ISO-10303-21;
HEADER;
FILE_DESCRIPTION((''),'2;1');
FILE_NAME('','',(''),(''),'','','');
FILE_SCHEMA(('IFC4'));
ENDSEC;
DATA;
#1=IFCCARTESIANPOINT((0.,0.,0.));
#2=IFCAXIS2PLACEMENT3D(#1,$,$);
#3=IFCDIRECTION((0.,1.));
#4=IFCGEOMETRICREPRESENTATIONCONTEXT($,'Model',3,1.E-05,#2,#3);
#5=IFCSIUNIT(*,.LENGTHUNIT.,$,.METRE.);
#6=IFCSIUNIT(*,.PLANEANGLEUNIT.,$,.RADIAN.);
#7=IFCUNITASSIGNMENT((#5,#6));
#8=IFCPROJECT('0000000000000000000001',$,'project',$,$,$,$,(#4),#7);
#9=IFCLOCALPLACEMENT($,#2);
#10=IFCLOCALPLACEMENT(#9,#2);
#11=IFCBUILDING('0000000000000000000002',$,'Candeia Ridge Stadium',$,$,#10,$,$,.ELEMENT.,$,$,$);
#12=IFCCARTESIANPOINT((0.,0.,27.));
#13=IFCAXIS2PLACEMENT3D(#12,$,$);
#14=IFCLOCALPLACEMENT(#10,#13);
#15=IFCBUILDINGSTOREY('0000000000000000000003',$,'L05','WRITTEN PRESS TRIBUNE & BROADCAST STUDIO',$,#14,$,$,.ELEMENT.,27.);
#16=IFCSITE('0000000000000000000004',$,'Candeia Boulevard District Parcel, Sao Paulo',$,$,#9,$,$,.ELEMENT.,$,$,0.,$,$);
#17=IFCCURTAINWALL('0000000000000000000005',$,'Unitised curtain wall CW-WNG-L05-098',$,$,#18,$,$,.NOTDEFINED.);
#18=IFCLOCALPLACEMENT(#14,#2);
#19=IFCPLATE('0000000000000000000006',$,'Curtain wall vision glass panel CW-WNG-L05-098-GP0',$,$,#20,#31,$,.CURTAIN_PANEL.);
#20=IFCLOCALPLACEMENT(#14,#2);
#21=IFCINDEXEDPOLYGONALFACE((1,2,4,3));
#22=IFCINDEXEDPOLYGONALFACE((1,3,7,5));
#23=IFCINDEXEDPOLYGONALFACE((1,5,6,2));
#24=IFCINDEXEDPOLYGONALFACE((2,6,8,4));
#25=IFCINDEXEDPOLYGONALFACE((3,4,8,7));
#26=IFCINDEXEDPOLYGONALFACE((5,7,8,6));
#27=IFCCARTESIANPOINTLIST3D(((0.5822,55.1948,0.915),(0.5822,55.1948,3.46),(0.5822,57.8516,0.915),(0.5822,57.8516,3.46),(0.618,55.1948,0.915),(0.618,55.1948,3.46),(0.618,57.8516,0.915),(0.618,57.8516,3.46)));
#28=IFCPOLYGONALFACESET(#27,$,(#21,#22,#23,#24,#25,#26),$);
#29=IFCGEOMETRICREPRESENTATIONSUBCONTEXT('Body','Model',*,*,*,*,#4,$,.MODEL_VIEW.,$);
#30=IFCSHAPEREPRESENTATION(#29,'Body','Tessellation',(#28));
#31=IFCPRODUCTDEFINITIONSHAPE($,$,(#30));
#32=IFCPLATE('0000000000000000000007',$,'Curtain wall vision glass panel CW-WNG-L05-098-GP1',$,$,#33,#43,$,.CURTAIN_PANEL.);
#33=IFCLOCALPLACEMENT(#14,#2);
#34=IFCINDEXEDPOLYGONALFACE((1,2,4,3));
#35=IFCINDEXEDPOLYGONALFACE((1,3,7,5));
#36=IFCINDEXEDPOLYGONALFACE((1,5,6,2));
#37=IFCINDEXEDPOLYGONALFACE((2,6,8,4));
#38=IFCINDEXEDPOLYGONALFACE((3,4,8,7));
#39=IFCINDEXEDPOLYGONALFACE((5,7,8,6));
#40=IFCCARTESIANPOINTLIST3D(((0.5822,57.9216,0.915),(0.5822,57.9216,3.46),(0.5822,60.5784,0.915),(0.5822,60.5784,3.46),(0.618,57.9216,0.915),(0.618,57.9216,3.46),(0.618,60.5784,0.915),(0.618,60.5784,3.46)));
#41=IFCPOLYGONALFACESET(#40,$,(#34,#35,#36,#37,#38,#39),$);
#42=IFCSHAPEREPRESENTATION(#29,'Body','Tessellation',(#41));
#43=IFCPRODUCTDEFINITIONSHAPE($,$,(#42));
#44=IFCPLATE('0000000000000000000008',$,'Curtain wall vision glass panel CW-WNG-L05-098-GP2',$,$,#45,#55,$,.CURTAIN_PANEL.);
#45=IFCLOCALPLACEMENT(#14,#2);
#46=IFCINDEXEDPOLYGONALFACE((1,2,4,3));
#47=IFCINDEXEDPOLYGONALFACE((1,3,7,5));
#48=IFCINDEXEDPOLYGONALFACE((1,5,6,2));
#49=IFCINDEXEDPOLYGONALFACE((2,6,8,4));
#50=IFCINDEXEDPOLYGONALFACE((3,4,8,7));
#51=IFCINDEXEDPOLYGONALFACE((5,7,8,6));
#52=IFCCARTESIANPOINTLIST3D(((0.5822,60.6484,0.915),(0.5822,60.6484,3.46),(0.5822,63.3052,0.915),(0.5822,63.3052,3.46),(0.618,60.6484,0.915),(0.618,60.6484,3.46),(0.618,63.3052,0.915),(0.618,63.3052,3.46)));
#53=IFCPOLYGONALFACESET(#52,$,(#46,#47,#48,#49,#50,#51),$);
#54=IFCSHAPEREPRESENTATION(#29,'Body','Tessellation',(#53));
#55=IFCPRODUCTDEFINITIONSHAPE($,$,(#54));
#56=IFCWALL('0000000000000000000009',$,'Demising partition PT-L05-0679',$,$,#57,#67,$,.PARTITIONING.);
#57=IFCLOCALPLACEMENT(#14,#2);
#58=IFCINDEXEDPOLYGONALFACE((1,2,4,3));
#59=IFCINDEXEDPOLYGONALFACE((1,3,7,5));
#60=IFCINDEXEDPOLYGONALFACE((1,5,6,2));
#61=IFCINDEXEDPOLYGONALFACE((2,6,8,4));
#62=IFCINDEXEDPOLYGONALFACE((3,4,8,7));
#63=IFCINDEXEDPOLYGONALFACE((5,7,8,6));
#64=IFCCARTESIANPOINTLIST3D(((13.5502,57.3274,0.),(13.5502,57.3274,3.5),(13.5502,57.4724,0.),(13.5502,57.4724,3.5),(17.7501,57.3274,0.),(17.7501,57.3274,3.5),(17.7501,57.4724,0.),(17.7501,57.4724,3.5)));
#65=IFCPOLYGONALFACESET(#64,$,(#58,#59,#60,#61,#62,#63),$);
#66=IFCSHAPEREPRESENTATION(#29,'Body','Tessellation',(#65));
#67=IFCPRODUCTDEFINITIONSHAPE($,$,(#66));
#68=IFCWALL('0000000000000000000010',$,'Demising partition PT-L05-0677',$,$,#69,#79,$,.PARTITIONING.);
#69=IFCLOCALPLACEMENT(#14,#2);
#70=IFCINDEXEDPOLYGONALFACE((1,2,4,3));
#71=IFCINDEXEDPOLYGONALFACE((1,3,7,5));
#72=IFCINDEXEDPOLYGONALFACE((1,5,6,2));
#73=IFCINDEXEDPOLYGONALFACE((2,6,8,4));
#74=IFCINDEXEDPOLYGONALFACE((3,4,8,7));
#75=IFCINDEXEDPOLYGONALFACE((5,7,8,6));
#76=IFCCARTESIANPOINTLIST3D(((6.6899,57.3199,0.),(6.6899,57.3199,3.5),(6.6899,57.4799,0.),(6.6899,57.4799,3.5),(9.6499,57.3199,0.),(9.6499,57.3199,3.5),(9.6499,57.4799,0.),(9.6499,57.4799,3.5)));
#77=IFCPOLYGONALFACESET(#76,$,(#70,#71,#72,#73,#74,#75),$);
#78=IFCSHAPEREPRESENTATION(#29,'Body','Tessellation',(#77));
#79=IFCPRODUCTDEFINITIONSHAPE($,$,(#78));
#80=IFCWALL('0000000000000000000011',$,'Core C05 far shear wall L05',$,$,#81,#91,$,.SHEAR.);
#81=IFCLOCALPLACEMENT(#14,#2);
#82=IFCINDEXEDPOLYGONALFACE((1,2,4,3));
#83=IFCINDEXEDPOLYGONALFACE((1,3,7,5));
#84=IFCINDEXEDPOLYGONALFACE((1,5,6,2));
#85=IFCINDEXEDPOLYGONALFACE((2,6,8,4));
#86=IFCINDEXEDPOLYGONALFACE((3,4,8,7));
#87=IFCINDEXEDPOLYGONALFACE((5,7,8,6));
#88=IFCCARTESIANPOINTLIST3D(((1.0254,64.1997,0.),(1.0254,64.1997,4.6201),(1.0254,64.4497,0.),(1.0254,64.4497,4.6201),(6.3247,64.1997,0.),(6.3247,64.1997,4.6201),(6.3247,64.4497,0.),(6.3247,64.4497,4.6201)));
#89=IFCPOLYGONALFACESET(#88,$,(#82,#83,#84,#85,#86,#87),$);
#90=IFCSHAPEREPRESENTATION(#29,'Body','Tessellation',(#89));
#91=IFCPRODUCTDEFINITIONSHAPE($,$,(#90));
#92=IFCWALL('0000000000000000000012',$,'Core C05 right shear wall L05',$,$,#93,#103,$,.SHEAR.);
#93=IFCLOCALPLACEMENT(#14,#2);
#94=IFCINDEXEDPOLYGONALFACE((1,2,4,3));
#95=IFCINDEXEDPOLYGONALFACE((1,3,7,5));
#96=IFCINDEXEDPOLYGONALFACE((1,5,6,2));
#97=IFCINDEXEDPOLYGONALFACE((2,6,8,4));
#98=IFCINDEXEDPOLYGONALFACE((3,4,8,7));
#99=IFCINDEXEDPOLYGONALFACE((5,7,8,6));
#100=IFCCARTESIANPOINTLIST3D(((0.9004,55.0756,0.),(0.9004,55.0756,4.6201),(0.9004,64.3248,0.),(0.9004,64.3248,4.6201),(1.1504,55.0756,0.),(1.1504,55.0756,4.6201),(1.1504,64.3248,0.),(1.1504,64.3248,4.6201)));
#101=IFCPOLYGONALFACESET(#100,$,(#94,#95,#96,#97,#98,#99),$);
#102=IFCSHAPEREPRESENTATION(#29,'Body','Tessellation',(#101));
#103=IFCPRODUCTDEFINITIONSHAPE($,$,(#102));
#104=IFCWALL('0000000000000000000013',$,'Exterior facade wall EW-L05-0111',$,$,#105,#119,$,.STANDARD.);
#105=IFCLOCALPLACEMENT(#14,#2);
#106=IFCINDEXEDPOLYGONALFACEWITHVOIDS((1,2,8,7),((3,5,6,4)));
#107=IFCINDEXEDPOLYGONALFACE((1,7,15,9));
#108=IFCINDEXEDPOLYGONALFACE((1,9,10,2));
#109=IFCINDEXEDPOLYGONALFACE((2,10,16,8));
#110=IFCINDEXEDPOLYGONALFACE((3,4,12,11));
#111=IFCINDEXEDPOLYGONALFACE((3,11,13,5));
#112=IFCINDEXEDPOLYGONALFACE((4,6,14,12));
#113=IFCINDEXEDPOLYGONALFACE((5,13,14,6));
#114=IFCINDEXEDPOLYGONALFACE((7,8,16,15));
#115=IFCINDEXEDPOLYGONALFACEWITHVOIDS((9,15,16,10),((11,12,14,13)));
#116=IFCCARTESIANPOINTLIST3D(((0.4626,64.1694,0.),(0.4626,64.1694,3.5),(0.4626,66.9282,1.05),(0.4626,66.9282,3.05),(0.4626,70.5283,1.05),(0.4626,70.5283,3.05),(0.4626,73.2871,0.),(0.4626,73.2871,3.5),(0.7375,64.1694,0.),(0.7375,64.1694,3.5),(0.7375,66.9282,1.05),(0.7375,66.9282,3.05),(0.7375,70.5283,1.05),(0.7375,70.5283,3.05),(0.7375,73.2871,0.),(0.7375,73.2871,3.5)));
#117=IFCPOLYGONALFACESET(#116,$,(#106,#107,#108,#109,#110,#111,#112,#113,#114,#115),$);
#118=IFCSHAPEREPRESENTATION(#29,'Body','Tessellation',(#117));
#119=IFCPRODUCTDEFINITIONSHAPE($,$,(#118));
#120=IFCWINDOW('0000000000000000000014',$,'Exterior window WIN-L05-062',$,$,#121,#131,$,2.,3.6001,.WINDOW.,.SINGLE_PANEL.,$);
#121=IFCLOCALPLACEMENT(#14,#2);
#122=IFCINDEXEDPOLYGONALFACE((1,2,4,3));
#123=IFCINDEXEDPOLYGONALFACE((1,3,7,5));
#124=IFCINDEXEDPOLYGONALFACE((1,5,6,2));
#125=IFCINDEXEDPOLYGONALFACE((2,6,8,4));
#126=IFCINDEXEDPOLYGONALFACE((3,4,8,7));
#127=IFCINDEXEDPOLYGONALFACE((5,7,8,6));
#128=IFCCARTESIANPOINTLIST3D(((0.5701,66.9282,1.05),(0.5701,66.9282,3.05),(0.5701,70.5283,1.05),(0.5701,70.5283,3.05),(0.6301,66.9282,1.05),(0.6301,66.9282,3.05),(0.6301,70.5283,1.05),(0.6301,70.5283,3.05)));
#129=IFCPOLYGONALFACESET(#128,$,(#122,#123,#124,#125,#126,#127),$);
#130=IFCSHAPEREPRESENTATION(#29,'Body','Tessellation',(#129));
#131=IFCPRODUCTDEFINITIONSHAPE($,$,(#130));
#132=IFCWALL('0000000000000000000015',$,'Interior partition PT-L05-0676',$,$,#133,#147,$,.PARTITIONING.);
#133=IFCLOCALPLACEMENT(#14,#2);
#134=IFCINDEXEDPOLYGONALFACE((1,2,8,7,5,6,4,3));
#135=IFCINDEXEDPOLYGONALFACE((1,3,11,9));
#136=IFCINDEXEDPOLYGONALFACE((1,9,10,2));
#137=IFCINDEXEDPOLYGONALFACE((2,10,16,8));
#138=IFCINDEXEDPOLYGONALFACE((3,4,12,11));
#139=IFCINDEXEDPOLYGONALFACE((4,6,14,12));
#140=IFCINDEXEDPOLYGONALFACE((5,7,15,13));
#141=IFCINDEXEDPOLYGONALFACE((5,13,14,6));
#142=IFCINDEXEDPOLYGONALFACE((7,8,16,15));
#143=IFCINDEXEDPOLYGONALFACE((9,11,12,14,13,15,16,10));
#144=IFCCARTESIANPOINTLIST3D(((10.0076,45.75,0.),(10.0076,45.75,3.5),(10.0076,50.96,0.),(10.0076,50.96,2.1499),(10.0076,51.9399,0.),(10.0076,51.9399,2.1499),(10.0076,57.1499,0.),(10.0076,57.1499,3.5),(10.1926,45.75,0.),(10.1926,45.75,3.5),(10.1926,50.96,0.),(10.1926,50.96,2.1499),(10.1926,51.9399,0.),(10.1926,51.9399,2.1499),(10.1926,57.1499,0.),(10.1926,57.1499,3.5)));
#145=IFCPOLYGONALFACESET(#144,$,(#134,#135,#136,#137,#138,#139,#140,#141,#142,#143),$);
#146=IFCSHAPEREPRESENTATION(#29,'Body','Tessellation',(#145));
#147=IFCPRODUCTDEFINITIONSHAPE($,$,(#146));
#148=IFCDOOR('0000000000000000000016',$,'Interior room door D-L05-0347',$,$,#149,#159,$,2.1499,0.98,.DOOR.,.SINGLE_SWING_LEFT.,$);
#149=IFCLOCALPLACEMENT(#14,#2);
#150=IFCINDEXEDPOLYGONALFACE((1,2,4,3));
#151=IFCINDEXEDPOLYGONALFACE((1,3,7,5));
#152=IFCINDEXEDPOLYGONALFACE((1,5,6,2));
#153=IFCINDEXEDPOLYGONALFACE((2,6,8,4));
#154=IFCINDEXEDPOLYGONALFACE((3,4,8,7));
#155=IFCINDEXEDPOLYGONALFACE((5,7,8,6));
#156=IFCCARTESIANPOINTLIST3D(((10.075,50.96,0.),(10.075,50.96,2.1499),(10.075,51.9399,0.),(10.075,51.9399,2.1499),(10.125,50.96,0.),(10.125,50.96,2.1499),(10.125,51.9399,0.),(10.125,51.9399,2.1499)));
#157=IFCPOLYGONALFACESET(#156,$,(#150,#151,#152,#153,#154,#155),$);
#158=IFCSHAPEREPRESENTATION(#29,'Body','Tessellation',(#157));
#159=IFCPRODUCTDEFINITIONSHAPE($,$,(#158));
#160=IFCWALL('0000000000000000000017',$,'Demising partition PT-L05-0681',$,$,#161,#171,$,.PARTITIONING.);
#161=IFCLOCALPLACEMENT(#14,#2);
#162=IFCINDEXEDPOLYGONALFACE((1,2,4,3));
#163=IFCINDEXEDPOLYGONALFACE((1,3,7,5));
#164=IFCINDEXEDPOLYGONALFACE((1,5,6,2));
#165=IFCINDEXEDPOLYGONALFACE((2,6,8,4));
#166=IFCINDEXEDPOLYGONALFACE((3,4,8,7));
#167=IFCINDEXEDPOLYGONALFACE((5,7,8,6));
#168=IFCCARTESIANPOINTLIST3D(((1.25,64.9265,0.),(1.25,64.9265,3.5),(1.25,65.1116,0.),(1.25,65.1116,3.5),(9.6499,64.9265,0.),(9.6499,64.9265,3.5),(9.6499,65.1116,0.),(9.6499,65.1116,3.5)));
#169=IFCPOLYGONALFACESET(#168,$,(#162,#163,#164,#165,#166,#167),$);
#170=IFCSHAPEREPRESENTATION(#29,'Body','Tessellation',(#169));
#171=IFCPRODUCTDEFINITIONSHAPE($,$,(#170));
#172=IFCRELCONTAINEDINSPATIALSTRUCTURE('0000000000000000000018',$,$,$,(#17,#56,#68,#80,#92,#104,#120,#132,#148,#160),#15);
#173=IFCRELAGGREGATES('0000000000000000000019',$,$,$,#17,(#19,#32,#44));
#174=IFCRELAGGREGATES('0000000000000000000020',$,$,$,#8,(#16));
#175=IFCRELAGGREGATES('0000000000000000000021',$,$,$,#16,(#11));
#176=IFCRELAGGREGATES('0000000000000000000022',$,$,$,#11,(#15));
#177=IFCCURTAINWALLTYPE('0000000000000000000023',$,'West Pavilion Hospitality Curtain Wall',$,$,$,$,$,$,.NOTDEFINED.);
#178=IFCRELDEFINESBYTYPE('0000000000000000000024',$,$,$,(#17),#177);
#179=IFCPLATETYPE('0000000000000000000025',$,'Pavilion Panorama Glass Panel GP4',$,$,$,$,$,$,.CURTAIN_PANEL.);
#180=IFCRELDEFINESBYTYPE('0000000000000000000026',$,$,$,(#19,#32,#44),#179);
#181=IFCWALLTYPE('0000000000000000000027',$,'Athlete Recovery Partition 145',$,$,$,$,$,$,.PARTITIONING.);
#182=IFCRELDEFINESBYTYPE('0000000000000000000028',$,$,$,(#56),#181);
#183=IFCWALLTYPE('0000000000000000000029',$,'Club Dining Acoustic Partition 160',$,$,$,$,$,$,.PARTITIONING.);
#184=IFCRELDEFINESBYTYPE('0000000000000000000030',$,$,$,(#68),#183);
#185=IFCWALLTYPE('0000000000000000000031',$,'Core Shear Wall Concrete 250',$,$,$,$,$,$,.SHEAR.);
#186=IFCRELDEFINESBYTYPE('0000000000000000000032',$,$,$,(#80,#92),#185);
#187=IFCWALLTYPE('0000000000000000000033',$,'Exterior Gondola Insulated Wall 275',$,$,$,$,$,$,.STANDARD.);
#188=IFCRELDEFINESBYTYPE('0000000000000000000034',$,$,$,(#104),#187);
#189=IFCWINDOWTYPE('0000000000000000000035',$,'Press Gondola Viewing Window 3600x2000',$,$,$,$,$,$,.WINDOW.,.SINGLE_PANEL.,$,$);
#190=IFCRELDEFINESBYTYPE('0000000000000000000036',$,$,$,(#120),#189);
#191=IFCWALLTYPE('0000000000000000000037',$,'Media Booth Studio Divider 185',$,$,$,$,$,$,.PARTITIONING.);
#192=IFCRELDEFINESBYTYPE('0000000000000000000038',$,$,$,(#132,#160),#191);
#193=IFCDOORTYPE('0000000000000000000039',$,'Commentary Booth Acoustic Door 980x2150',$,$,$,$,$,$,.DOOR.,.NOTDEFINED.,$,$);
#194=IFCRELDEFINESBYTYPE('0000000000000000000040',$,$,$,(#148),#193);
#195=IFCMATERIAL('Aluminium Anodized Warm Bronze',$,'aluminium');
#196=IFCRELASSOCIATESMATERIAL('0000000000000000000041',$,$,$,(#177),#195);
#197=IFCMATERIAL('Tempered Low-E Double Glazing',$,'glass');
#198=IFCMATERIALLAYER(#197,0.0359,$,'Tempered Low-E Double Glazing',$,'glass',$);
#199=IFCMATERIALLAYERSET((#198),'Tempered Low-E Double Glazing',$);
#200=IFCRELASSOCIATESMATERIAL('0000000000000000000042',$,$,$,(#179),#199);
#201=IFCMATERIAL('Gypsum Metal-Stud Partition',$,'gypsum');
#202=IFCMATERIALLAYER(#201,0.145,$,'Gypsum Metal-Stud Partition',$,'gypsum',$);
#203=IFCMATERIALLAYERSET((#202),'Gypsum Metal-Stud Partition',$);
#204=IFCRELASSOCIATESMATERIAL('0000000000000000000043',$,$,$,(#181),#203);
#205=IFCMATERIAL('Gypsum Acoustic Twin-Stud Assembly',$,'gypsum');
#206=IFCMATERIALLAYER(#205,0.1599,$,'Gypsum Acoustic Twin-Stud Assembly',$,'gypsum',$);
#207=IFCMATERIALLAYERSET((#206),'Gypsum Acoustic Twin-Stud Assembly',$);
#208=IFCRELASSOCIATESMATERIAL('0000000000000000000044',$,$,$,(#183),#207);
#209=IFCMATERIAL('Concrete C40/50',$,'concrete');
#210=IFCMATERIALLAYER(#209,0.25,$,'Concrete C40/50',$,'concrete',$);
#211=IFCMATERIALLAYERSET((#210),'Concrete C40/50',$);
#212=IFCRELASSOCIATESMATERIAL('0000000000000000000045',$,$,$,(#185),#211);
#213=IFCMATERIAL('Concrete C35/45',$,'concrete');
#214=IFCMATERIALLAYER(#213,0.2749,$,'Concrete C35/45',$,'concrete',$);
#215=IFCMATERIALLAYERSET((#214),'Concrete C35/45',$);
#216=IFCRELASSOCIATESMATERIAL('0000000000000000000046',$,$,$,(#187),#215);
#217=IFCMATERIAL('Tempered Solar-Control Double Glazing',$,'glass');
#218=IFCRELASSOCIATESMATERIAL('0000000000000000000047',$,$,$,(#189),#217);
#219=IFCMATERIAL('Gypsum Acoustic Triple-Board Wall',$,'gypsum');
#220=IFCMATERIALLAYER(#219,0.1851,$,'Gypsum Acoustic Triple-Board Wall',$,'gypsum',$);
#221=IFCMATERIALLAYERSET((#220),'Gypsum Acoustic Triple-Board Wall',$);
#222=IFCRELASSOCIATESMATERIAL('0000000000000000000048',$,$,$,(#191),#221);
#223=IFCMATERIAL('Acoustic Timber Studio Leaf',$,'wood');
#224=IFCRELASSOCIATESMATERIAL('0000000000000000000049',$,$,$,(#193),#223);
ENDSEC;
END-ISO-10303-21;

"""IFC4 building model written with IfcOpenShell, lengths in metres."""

from ifc_helpers import new_model, si_unit, direction, frame, frame_2d, origin, origin_2d, place, context, subcontext, project, spatial, rectangle, extrude, material, layer, layer_set, type_object, element, fill, aggregate, save


model = new_model("IFC4")

# Units and contexts
model_context = context("Model", 3, precision=1e-05, world=origin(), true_north=direction((0.0, 1.0)))
body_context = subcontext(model_context, "Body", "Model", "MODEL_VIEW")
ifc_project = project(units=[si_unit("LENGTHUNIT", "METRE"), si_unit("PLANEANGLEUNIT", "RADIAN")], contexts=[model_context])

# Site, building, storey
site_placement = place(None, origin())
site = spatial("IfcSite", under=ifc_project, at=site_placement, Name="Candeia Boulevard District Parcel, Sao Paulo", CompositionType="ELEMENT", RefElevation=0.0)
building_placement = place(site_placement, origin())
building = spatial("IfcBuilding", under=site, at=building_placement, Name="Candeia Ridge Stadium", CompositionType="ELEMENT")
storey_placement = place(building_placement, frame((0.0, 0.0, 27.0)))
storey = spatial("IfcBuildingStorey", under=building, at=storey_placement, Name="L05", Description="WRITTEN PRESS TRIBUNE & BROADCAST STUDIO", CompositionType="ELEMENT", Elevation=27.0)

# Shared definitions
ifc_material_1 = material(Name="Concrete C40/50", Category="concrete")

# Curtain wall
ifc_material_2 = material(Name="Aluminium Anodized Warm Bronze", Category="aluminium")
curtain_wall_type = type_object("IfcCurtainWallType", Name="West Pavilion Hospitality Curtain Wall", PredefinedType="NOTDEFINED", material=ifc_material_2)
curtain_wall_placement = place(storey_placement, origin())
curtain_wall = element("IfcCurtainWall", 1, at=curtain_wall_placement, inside=storey, type_object=curtain_wall_type, Name="Unitised curtain wall CW-WNG-L05-098", PredefinedType="NOTDEFINED")

# Plates
ifc_material_3 = material(Name="Tempered Low-E Double Glazing", Category="glass")
ifc_layer_1 = layer(ifc_material_3, 0.0359, Name="Tempered Low-E Double Glazing", Category="glass")
ifc_layer_set_1 = layer_set([ifc_layer_1], Name="Tempered Low-E Double Glazing")
plate_type_1 = type_object("IfcPlateType", Name="Pavilion Panorama Glass Panel GP4", PredefinedType="CURTAIN_PANEL", material=ifc_layer_set_1)
plate_1_placement = place(storey_placement, frame((0.6001, 56.5232, 0.915), z_axis=(0.0, 0.0, 1.0), x_axis=(0.0, 1.0, 0.0)))
plate_1 = element("IfcPlate", 2, at=plate_1_placement, type_object=plate_type_1, Name="Curtain wall vision glass panel CW-WNG-L05-098-GP0", PredefinedType="CURTAIN_PANEL", context=body_context, shape_type="SweptSolid", body=[
    extrude(rectangle(XDim=2.6567, YDim=0.0359, at=origin_2d()), origin(), (0.0, 0.0, 1.0), 2.5449),
])
plate_2_placement = place(storey_placement, frame((0.6001, 59.25, 0.915), z_axis=(0.0, 0.0, 1.0), x_axis=(0.0, 1.0, 0.0)))
plate_2 = element("IfcPlate", 3, at=plate_2_placement, type_object=plate_type_1, Name="Curtain wall vision glass panel CW-WNG-L05-098-GP1", PredefinedType="CURTAIN_PANEL", context=body_context, shape_type="SweptSolid", body=[
    extrude(rectangle(XDim=2.6567, YDim=0.0359, at=origin_2d()), origin(), (0.0, 0.0, 1.0), 2.5449),
])
plate_3_placement = place(storey_placement, frame((0.6001, 61.9768, 0.915), z_axis=(0.0, 0.0, 1.0), x_axis=(0.0, 1.0, 0.0)))
plate_3 = element("IfcPlate", 4, at=plate_3_placement, type_object=plate_type_1, Name="Curtain wall vision glass panel CW-WNG-L05-098-GP2", PredefinedType="CURTAIN_PANEL", context=body_context, shape_type="SweptSolid", body=[
    extrude(rectangle(XDim=2.6567, YDim=0.0359, at=origin_2d()), origin(), (0.0, 0.0, 1.0), 2.5449),
])
aggregate(curtain_wall, [plate_1, plate_2, plate_3])

# Walls
ifc_material_4 = material(Name="Gypsum Metal-Stud Partition", Category="gypsum")
ifc_layer_2 = layer(ifc_material_4, 0.145, Name="Gypsum Metal-Stud Partition", Category="gypsum")
ifc_layer_set_2 = layer_set([ifc_layer_2], Name="Gypsum Metal-Stud Partition")
wall_type_1 = type_object("IfcWallType", Name="Athlete Recovery Partition 145", PredefinedType="PARTITIONING", material=ifc_layer_set_2)
wall_1_placement = place(storey_placement, frame((13.55, 57.3999, 0.0), z_axis=(0.0, 0.0, 1.0), x_axis=(1.0, 0.0, 0.0)))
element("IfcWall", 5, at=wall_1_placement, inside=storey, type_object=wall_type_1, Name="Demising partition PT-L05-0679", PredefinedType="PARTITIONING", context=body_context, shape_type="SweptSolid", body=[
    extrude(rectangle(XDim=4.2, YDim=0.145, at=frame_2d((2.1001, 0.0))), origin(), (0.0, 0.0, 1.0), 3.5),
])
ifc_material_5 = material(Name="Gypsum Acoustic Twin-Stud Assembly", Category="gypsum")
ifc_layer_3 = layer(ifc_material_5, 0.1599, Name="Gypsum Acoustic Twin-Stud Assembly", Category="gypsum")
ifc_layer_set_3 = layer_set([ifc_layer_3], Name="Gypsum Acoustic Twin-Stud Assembly")
wall_type_2 = type_object("IfcWallType", Name="Club Dining Acoustic Partition 160", PredefinedType="PARTITIONING", material=ifc_layer_set_3)
wall_2_placement = place(storey_placement, frame((6.6899, 57.3999, 0.0), z_axis=(0.0, 0.0, 1.0), x_axis=(1.0, 0.0, 0.0)))
element("IfcWall", 6, at=wall_2_placement, inside=storey, type_object=wall_type_2, Name="Demising partition PT-L05-0677", PredefinedType="PARTITIONING", context=body_context, shape_type="SweptSolid", body=[
    extrude(rectangle(XDim=2.96, YDim=0.1599, at=frame_2d((1.48, 0.0))), origin(), (0.0, 0.0, 1.0), 3.5),
])
ifc_layer_4 = layer(ifc_material_1, 0.25, Name="Concrete C40/50", Category="concrete")
ifc_layer_set_4 = layer_set([ifc_layer_4], Name="Concrete C40/50")
wall_type_3 = type_object("IfcWallType", Name="Core Shear Wall Concrete 250", PredefinedType="SHEAR", material=ifc_layer_set_4)
wall_3_placement = place(storey_placement, frame((6.3247, 64.3247, 0.0), z_axis=(0.0, 0.0, 1.0), x_axis=(-1.0, 0.0, 0.0)))
element("IfcWall", 7, at=wall_3_placement, inside=storey, type_object=wall_type_3, Name="Core C05 far shear wall L05", PredefinedType="SHEAR", context=body_context, shape_type="SweptSolid", body=[
    extrude(rectangle(XDim=5.2993, YDim=0.25, at=frame_2d((2.6497, 0.0))), origin(), (0.0, 0.0, 1.0), 4.6201),
])
wall_4_placement = place(storey_placement, frame((1.0254, 64.3247, 0.0), z_axis=(0.0, 0.0, 1.0), x_axis=(0.0, -1.0, 0.0)))
element("IfcWall", 8, at=wall_4_placement, inside=storey, type_object=wall_type_3, Name="Core C05 right shear wall L05", PredefinedType="SHEAR", context=body_context, shape_type="SweptSolid", body=[
    extrude(rectangle(XDim=9.2493, YDim=0.25, at=frame_2d((4.6245, 0.0))), origin(), (0.0, 0.0, 1.0), 4.6201),
])

# Wall, opening, window
ifc_material_6 = material(Name="Concrete C35/45", Category="concrete")
ifc_layer_5 = layer(ifc_material_6, 0.2749, Name="Concrete C35/45", Category="concrete")
ifc_layer_set_5 = layer_set([ifc_layer_5], Name="Concrete C35/45")
wall_type_4 = type_object("IfcWallType", Name="Exterior Gondola Insulated Wall 275", PredefinedType="STANDARD", material=ifc_layer_set_5)
wall_5_placement = place(storey_placement, frame((0.6001, 64.1694, 0.0), z_axis=(0.0, 0.0, 1.0), x_axis=(0.0, 1.0, 0.0)))
wall_5 = element("IfcWall", 9, at=wall_5_placement, inside=storey, type_object=wall_type_4, Name="Exterior facade wall EW-L05-0111", PredefinedType="STANDARD", context=body_context, shape_type="SweptSolid", body=[
    extrude(rectangle(XDim=9.1177, YDim=0.2749, at=frame_2d((4.5588, 0.0))), origin(), (0.0, 0.0, 1.0), 3.5),
])
opening_1_placement = place(wall_5_placement, frame((2.7588, 0.0, 1.05)))
opening_1 = element("IfcOpeningElement", 10, at=opening_1_placement, cuts=wall_5, PredefinedType="OPENING", context=body_context, shape_type="SweptSolid", body=[
    extrude(rectangle(XDim=3.6001, YDim=2.0, at=frame_2d((1.8, 1.0))), frame((0.0, 0.1475, 0.0), z_axis=(0.0, -1.0, 0.0), x_axis=(1.0, 0.0, 0.0)), (0.0, 0.0, 1.0), 0.2949),
])
ifc_material_7 = material(Name="Tempered Solar-Control Double Glazing", Category="glass")
window_type = type_object("IfcWindowType", Name="Press Gondola Viewing Window 3600x2000", PartitioningType="SINGLE_PANEL", PredefinedType="WINDOW", material=ifc_material_7)
window_placement = place(opening_1_placement, origin())
window = element("IfcWindow", 11, at=window_placement, inside=storey, type_object=window_type, Name="Exterior window WIN-L05-062", OverallHeight=2.0, OverallWidth=3.6001, PartitioningType="SINGLE_PANEL", PredefinedType="WINDOW", context=body_context, shape_type="SweptSolid", body=[
    extrude(rectangle(XDim=3.6001, YDim=2.0, at=frame_2d((1.8, 1.0))), frame((0.0, 0.03, 0.0), z_axis=(0.0, -1.0, 0.0), x_axis=(1.0, 0.0, 0.0)), (0.0, 0.0, 1.0), 0.0601),
])
fill(opening_1, window)

# Wall, opening, door
ifc_material_8 = material(Name="Gypsum Acoustic Triple-Board Wall", Category="gypsum")
ifc_layer_6 = layer(ifc_material_8, 0.1851, Name="Gypsum Acoustic Triple-Board Wall", Category="gypsum")
ifc_layer_set_6 = layer_set([ifc_layer_6], Name="Gypsum Acoustic Triple-Board Wall")
wall_type_5 = type_object("IfcWallType", Name="Media Booth Studio Divider 185", PredefinedType="PARTITIONING", material=ifc_layer_set_6)
wall_6_placement = place(storey_placement, frame((10.1001, 57.1499, 0.0), z_axis=(0.0, 0.0, 1.0), x_axis=(0.0, -1.0, 0.0)))
wall_6 = element("IfcWall", 12, at=wall_6_placement, inside=storey, type_object=wall_type_5, Name="Interior partition PT-L05-0676", PredefinedType="PARTITIONING", context=body_context, shape_type="SweptSolid", body=[
    extrude(rectangle(XDim=11.3999, YDim=0.1851, at=frame_2d((5.7, 0.0))), origin(), (0.0, 0.0, 1.0), 3.5),
])
opening_2_placement = place(wall_6_placement, frame((5.21, 0.0, 0.0)))
opening_2 = element("IfcOpeningElement", 13, at=opening_2_placement, cuts=wall_6, PredefinedType="OPENING", context=body_context, shape_type="SweptSolid", body=[
    extrude(rectangle(XDim=0.98, YDim=2.1499, at=frame_2d((0.49, 1.075))), frame((0.0, 0.1025, 0.0), z_axis=(0.0, -1.0, 0.0), x_axis=(1.0, 0.0, 0.0)), (0.0, 0.0, 1.0), 0.2051),
])
ifc_material_9 = material(Name="Acoustic Timber Studio Leaf", Category="wood")
door_type_1 = type_object("IfcDoorType", Name="Commentary Booth Acoustic Door 980x2150", OperationType="NOTDEFINED", PredefinedType="DOOR", material=ifc_material_9)
door_1_placement = place(opening_2_placement, origin())
door_1 = element("IfcDoor", 14, at=door_1_placement, inside=storey, type_object=door_type_1, Name="Interior room door D-L05-0347", OperationType="SINGLE_SWING_LEFT", OverallHeight=2.1499, OverallWidth=0.98, PredefinedType="DOOR", context=body_context, shape_type="SweptSolid", body=[
    extrude(rectangle(XDim=0.98, YDim=2.1499, at=frame_2d((0.49, 1.075))), frame((0.0, 0.0249, 0.0), z_axis=(0.0, -1.0, 0.0), x_axis=(1.0, 0.0, 0.0)), (0.0, 0.0, 1.0), 0.05),
])
fill(opening_2, door_1)

# Wall
wall_7_placement = place(storey_placement, frame((1.25, 65.019, 0.0), z_axis=(0.0, 0.0, 1.0), x_axis=(1.0, 0.0, 0.0)))
element("IfcWall", 15, at=wall_7_placement, inside=storey, type_object=wall_type_5, Name="Demising partition PT-L05-0681", PredefinedType="PARTITIONING", context=body_context, shape_type="SweptSolid", body=[
    extrude(rectangle(XDim=8.3999, YDim=0.1851, at=frame_2d((4.2, 0.0))), origin(), (0.0, 0.0, 1.0), 3.5),
])

save(model, "model.ifc")
